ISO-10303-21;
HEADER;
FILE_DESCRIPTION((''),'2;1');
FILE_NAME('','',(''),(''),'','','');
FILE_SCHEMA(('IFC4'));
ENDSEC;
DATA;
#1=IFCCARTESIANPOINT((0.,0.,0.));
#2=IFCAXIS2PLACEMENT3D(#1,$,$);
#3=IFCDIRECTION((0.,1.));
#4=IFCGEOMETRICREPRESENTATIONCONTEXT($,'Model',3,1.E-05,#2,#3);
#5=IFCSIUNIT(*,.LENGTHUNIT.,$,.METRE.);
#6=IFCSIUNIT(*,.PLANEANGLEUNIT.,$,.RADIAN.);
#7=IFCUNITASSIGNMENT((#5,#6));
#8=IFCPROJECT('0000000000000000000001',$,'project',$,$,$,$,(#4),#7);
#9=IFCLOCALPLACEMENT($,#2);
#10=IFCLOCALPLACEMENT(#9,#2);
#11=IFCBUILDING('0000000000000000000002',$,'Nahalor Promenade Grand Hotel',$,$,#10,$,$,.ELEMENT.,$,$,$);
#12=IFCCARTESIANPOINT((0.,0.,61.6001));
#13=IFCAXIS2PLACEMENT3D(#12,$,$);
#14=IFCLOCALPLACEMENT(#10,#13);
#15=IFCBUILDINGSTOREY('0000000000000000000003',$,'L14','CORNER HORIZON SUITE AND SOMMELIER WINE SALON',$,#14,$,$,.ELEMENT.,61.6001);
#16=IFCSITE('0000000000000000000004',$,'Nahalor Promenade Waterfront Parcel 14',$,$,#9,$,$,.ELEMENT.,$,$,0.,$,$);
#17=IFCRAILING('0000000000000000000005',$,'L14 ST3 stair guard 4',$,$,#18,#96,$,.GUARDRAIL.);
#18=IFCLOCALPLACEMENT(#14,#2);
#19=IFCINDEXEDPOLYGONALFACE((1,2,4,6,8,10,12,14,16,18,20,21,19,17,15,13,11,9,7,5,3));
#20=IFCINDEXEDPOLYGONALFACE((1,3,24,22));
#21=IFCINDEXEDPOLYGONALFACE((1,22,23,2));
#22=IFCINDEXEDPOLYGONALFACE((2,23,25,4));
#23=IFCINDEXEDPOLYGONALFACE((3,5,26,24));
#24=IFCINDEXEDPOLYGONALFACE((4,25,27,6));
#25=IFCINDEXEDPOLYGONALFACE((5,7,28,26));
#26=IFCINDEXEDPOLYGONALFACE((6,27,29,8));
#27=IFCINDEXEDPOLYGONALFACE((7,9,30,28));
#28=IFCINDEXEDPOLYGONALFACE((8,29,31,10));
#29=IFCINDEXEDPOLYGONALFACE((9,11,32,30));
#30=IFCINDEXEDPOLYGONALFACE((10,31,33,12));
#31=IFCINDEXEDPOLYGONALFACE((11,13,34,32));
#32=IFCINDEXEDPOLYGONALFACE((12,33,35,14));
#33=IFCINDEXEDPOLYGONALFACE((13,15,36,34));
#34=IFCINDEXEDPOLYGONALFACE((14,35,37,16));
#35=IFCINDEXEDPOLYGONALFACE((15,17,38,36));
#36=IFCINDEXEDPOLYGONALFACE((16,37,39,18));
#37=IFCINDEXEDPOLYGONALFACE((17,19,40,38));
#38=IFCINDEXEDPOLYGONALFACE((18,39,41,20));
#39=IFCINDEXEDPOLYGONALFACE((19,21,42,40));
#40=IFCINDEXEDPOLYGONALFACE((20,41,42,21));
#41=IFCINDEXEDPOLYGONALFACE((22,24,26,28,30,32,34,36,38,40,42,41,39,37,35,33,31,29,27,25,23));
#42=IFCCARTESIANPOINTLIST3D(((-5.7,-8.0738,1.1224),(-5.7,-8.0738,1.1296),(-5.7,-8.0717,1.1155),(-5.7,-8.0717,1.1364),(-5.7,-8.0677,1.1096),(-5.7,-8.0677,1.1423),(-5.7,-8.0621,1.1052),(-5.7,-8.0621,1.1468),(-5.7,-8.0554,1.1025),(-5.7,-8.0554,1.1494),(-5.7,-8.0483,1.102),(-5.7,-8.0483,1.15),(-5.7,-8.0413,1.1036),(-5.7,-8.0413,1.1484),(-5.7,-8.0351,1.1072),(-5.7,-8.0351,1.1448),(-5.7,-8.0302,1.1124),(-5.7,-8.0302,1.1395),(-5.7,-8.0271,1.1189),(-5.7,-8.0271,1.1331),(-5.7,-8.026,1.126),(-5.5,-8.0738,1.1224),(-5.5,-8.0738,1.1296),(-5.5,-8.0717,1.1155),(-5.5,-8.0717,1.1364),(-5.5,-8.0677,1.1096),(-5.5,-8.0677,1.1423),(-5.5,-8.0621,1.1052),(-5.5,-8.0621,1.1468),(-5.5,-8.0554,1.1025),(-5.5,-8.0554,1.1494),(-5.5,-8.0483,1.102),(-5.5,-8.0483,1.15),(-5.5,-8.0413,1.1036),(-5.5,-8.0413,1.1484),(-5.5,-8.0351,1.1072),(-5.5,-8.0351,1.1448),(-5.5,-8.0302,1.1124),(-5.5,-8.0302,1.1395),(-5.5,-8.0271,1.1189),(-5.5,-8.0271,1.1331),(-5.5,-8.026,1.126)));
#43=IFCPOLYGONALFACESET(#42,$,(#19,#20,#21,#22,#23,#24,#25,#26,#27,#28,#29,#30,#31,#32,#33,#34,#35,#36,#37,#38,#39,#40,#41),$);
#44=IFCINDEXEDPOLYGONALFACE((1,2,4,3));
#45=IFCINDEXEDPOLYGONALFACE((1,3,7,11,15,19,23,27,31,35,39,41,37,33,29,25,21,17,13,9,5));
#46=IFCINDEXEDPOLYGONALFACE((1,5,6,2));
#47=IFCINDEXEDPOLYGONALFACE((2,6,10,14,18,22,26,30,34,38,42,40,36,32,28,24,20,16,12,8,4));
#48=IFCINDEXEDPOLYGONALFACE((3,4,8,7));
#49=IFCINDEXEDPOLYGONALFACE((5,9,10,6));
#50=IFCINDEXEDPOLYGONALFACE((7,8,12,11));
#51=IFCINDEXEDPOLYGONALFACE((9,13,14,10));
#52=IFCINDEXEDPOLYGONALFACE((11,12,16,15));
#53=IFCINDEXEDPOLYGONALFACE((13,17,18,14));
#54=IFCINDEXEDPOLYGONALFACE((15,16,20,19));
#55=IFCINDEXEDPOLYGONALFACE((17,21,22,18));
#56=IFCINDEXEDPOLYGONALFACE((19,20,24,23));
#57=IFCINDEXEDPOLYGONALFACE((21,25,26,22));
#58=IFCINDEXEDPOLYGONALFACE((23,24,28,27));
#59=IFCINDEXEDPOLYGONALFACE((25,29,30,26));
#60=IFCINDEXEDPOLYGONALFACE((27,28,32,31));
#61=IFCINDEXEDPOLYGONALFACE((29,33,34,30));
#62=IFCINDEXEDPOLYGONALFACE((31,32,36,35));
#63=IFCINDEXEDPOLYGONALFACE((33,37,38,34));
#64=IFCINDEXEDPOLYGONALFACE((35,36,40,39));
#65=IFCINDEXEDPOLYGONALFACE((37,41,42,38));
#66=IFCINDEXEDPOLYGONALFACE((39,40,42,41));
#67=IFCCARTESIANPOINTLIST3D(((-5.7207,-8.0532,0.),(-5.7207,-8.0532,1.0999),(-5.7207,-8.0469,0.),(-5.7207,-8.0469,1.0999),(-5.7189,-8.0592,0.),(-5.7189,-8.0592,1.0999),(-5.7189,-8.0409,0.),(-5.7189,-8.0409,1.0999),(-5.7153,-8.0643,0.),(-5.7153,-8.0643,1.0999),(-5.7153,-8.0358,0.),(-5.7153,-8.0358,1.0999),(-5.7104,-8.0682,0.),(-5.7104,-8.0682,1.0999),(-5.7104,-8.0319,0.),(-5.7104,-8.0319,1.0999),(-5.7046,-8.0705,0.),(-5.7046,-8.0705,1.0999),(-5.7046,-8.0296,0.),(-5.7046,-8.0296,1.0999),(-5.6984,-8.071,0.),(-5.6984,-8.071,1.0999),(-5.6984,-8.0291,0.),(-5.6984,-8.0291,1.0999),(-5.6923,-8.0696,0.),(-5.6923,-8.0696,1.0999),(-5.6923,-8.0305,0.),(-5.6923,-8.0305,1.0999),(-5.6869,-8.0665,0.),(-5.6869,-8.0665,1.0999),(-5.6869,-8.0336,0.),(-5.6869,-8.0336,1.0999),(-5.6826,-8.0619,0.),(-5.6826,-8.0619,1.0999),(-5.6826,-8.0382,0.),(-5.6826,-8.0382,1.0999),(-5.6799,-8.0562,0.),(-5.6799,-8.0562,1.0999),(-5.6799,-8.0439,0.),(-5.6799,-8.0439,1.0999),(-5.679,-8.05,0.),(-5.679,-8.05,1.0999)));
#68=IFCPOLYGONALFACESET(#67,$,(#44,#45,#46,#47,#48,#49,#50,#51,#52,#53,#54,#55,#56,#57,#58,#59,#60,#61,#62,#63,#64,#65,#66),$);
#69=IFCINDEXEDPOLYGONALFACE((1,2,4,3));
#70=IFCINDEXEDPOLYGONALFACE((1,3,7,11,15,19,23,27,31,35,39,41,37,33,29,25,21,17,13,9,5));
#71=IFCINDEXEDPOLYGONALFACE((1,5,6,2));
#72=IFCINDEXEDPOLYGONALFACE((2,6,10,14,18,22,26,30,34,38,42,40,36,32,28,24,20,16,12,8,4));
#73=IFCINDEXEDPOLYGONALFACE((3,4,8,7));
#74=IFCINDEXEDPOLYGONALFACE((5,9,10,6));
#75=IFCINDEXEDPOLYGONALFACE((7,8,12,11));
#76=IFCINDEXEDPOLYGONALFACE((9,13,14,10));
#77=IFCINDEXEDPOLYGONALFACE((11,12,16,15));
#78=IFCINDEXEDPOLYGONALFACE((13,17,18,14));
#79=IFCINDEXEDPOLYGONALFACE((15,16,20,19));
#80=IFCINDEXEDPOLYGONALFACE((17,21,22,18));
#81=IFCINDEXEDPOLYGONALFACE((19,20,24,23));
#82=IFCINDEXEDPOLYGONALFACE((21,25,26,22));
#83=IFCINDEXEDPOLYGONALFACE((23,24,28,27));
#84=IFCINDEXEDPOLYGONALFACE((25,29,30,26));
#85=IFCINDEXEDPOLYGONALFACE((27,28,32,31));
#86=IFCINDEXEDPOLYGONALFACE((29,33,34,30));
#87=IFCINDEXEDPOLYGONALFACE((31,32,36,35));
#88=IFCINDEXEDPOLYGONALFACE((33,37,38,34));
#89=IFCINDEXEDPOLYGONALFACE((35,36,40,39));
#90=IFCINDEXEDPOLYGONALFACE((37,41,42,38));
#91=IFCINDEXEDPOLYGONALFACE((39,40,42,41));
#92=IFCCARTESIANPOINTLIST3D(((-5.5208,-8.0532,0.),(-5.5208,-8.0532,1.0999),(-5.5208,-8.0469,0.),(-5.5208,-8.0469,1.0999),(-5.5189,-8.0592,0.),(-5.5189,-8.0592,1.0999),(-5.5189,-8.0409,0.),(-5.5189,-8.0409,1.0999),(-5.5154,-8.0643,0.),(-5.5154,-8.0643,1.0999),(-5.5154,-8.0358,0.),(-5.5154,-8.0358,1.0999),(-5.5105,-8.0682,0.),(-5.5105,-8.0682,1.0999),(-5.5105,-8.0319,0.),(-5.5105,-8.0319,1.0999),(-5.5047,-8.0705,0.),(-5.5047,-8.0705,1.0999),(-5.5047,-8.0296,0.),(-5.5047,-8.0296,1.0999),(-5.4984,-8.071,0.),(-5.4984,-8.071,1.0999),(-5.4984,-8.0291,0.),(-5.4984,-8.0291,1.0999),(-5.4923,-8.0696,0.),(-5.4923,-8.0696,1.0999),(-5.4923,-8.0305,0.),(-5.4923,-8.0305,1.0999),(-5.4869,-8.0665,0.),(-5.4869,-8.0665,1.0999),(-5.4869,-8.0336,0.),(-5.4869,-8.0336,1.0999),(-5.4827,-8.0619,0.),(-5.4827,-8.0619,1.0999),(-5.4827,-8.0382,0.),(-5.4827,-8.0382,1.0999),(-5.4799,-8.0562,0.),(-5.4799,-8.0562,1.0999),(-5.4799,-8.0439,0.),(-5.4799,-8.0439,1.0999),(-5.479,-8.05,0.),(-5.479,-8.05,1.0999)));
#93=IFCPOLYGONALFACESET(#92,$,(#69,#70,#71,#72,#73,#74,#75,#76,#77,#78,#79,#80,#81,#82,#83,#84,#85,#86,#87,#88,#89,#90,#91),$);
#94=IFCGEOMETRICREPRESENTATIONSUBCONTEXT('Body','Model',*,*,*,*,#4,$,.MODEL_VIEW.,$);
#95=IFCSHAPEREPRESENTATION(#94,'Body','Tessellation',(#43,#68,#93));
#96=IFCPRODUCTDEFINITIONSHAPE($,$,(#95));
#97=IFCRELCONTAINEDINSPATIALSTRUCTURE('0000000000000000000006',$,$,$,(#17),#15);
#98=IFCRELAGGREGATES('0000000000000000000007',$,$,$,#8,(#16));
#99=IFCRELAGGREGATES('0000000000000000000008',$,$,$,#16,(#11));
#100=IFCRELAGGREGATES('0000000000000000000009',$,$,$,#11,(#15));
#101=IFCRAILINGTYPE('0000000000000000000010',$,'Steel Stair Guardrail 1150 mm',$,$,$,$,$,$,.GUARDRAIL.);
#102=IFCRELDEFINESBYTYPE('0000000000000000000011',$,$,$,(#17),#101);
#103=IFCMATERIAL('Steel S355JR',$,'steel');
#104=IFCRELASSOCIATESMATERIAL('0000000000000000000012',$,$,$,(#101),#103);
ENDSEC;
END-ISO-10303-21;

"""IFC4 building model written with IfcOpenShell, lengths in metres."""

from ifc_helpers import new_model, si_unit, direction, frame, origin, origin_2d, place, context, subcontext, project, spatial, circle, extrude, material, type_object, element, save


model = new_model("IFC4")

# Units and contexts
model_context = context("Model", 3, precision=1e-05, world=origin(), true_north=direction((0.0, 1.0)))
body_context = subcontext(model_context, "Body", "Model", "MODEL_VIEW")
ifc_project = project(units=[si_unit("LENGTHUNIT", "METRE"), si_unit("PLANEANGLEUNIT", "RADIAN")], contexts=[model_context])

# Site, building, storey
site_placement = place(None, origin())
site = spatial("IfcSite", under=ifc_project, at=site_placement, Name="Nahalor Promenade Waterfront Parcel 14", CompositionType="ELEMENT", RefElevation=0.0)
building_placement = place(site_placement, origin())
building = spatial("IfcBuilding", under=site, at=building_placement, Name="Nahalor Promenade Grand Hotel", CompositionType="ELEMENT")
storey_placement = place(building_placement, frame((0.0, 0.0, 61.6001)))
storey = spatial("IfcBuildingStorey", under=building, at=storey_placement, Name="L14", Description="CORNER HORIZON SUITE AND SOMMELIER WINE SALON", CompositionType="ELEMENT", Elevation=61.6001)

# Shared definitions
ifc_material_1 = material(Name="Steel S355JR", Category="steel")

# Railing
railing_type_1 = type_object("IfcRailingType", Name="Steel Stair Guardrail 1150 mm", PredefinedType="GUARDRAIL", material=ifc_material_1)
railing_1_placement = place(storey_placement, frame((-5.7, -8.05, 0.0)))
element("IfcRailing", 1, at=railing_1_placement, inside=storey, type_object=railing_type_1, Name="L14 ST3 stair guard 4", PredefinedType="GUARDRAIL", context=body_context, shape_type="SweptSolid", body=[
    extrude(circle(Radius=0.024, at=origin_2d()), frame((0.0, 0.0, 1.126), z_axis=(1.0, 0.0, 0.0), x_axis=(0.0, 1.0, 0.0)), (0.0, 0.0, 1.0), 0.2),
    extrude(circle(Radius=0.021, at=origin_2d()), origin(), (0.0, 0.0, 1.0), 1.0999),
    extrude(circle(Radius=0.021, at=origin_2d()), frame((0.2, 0.0, 0.0)), (0.0, 0.0, 1.0), 1.0999),
])

save(model, "model.ifc")
